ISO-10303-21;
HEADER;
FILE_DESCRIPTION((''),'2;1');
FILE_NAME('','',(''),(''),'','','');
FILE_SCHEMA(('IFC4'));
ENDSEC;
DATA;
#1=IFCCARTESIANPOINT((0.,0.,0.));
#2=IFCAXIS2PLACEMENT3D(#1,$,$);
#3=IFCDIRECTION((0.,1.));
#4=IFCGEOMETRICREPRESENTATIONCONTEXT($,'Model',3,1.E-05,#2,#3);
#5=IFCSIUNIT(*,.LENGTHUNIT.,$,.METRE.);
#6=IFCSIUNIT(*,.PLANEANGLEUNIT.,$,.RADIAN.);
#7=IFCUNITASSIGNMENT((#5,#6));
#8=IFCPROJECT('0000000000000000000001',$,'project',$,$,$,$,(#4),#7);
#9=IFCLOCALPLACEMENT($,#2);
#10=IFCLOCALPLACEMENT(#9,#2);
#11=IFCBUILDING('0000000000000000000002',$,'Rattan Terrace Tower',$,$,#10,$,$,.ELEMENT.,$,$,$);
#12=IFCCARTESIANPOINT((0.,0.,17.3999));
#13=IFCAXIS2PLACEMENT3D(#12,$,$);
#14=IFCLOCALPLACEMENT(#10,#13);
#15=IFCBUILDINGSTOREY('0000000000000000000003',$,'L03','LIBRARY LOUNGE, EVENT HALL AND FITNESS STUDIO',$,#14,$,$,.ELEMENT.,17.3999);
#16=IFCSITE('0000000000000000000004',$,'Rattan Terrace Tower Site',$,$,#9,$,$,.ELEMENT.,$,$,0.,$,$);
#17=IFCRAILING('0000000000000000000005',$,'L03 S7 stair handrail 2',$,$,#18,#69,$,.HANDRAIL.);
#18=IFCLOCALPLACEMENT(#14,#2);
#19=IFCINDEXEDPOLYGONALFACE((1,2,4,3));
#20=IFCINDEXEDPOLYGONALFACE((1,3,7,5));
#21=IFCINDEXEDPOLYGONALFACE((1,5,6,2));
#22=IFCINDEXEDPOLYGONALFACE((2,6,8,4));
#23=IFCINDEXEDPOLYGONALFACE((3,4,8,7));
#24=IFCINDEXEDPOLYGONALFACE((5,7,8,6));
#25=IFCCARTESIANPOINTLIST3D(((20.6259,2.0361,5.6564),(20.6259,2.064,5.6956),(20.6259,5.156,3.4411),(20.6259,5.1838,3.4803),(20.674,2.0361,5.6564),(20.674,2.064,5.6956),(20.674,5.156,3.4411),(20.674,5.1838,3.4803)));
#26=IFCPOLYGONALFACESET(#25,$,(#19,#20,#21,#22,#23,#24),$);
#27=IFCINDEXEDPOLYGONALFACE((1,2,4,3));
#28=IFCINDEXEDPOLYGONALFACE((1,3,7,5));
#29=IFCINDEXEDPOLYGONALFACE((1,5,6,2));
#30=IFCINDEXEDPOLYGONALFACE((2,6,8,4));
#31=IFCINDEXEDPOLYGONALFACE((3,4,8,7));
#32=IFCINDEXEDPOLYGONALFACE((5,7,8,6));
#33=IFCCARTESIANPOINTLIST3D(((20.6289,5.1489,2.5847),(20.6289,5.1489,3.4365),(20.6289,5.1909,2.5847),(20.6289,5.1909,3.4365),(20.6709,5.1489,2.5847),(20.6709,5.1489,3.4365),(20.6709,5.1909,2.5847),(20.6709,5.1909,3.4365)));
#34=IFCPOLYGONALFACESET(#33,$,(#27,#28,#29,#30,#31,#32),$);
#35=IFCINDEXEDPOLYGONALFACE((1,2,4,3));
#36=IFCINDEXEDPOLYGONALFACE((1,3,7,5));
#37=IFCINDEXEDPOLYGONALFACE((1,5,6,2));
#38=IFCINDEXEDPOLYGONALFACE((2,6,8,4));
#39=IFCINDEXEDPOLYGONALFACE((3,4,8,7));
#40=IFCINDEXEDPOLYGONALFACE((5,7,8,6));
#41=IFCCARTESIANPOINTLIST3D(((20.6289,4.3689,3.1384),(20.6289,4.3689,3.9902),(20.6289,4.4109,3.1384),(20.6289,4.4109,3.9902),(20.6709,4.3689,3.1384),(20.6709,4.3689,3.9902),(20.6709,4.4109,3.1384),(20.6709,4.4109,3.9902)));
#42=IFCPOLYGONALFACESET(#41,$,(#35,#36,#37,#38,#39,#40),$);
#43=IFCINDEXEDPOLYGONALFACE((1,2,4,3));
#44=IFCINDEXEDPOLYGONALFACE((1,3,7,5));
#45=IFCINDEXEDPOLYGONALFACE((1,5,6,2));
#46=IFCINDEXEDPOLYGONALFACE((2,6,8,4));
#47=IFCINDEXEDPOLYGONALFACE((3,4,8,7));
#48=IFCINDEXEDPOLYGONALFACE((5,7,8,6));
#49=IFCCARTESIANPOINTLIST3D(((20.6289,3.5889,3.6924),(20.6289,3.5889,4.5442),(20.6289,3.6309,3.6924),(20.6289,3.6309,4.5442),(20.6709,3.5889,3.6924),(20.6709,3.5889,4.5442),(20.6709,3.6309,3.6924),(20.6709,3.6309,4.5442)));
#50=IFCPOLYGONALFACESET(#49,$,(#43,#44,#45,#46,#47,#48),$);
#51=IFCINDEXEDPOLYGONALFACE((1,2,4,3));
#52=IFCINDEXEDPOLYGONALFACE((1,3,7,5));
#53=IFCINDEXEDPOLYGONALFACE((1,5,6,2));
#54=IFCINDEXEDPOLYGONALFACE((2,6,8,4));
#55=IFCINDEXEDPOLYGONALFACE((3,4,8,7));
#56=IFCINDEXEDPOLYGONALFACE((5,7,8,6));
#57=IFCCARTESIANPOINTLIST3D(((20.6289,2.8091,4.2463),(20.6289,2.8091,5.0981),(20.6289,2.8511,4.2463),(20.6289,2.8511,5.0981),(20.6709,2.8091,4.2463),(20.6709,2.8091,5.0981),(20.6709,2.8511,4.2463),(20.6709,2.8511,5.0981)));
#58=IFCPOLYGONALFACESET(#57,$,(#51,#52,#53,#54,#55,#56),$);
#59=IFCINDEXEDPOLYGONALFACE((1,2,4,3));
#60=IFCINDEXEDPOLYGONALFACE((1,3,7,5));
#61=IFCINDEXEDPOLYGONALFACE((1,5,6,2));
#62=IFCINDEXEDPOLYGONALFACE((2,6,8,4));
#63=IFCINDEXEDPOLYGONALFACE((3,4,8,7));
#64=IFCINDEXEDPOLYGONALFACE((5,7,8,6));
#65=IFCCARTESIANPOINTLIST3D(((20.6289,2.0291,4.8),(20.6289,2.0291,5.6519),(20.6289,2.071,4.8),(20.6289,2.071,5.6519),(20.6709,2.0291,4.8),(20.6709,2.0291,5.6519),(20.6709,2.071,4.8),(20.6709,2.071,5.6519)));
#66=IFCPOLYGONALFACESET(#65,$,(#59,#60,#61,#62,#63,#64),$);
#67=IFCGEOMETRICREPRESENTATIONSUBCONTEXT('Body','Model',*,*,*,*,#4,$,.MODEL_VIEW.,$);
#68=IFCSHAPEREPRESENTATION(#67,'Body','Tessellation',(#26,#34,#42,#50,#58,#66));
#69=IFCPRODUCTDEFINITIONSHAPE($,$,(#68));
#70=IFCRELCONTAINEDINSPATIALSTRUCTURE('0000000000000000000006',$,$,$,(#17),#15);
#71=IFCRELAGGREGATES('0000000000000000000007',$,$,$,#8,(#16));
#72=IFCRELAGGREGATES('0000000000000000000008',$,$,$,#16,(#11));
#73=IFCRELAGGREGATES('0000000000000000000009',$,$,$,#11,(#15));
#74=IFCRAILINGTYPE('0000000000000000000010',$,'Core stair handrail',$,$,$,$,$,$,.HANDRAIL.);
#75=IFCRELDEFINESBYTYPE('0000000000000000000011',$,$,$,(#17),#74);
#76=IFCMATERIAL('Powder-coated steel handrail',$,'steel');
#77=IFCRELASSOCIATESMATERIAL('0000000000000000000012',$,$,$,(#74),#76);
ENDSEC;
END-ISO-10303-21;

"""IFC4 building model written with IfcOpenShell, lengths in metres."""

from ifc_helpers import new_model, si_unit, direction, frame, origin, origin_2d, place, context, subcontext, project, spatial, rectangle, extrude, material, type_object, element, save


model = new_model("IFC4")

# Units and contexts
model_context = context("Model", 3, precision=1e-05, world=origin(), true_north=direction((0.0, 1.0)))
body_context = subcontext(model_context, "Body", "Model", "MODEL_VIEW")
ifc_project = project(units=[si_unit("LENGTHUNIT", "METRE"), si_unit("PLANEANGLEUNIT", "RADIAN")], contexts=[model_context])

# Site, building, storey
site_placement = place(None, origin())
site = spatial("IfcSite", under=ifc_project, at=site_placement, Name="Rattan Terrace Tower Site", CompositionType="ELEMENT", RefElevation=0.0)
building_placement = place(site_placement, origin())
building = spatial("IfcBuilding", under=site, at=building_placement, Name="Rattan Terrace Tower", CompositionType="ELEMENT")
storey_placement = place(building_placement, frame((0.0, 0.0, 17.3999)))
storey = spatial("IfcBuildingStorey", under=building, at=storey_placement, Name="L03", Description="LIBRARY LOUNGE, EVENT HALL AND FITNESS STUDIO", CompositionType="ELEMENT", Elevation=17.3999)

# Railing
ifc_material_1 = material(Name="Powder-coated steel handrail", Category="steel")
railing_type_1 = type_object("IfcRailingType", Name="Core stair handrail", PredefinedType="HANDRAIL", material=ifc_material_1)
railing_1_placement = place(storey_placement, frame((20.6499, 5.1699, 2.5847)))
element("IfcRailing", 1, at=railing_1_placement, inside=storey, type_object=railing_type_1, Name="L03 S7 stair handrail 2", PredefinedType="HANDRAIL", context=body_context, shape_type="SweptSolid", body=[
    extrude(rectangle(XDim=0.0481, YDim=0.0481, at=origin_2d()), frame((0.0, 0.0, 0.876), z_axis=(0.0, -0.815356, 0.578961), x_axis=(1.0, 0.0, 0.0)), (0.0, 0.0, 1.0), 3.8264),
    extrude(rectangle(XDim=0.042, YDim=0.042, at=origin_2d()), origin(), (0.0, 0.0, 1.0), 0.8518),
    extrude(rectangle(XDim=0.042, YDim=0.042, at=origin_2d()), frame((0.0, -0.78, 0.5537)), (0.0, 0.0, 1.0), 0.8518),
    extrude(rectangle(XDim=0.042, YDim=0.042, at=origin_2d()), frame((0.0, -1.5601, 1.1077)), (0.0, 0.0, 1.0), 0.8518),
    extrude(rectangle(XDim=0.042, YDim=0.042, at=origin_2d()), frame((0.0, -2.3398, 1.6616)), (0.0, 0.0, 1.0), 0.8518),
    extrude(rectangle(XDim=0.042, YDim=0.042, at=origin_2d()), frame((0.0, -3.1199, 2.2153)), (0.0, 0.0, 1.0), 0.8518),
])

save(model, "model.ifc")
